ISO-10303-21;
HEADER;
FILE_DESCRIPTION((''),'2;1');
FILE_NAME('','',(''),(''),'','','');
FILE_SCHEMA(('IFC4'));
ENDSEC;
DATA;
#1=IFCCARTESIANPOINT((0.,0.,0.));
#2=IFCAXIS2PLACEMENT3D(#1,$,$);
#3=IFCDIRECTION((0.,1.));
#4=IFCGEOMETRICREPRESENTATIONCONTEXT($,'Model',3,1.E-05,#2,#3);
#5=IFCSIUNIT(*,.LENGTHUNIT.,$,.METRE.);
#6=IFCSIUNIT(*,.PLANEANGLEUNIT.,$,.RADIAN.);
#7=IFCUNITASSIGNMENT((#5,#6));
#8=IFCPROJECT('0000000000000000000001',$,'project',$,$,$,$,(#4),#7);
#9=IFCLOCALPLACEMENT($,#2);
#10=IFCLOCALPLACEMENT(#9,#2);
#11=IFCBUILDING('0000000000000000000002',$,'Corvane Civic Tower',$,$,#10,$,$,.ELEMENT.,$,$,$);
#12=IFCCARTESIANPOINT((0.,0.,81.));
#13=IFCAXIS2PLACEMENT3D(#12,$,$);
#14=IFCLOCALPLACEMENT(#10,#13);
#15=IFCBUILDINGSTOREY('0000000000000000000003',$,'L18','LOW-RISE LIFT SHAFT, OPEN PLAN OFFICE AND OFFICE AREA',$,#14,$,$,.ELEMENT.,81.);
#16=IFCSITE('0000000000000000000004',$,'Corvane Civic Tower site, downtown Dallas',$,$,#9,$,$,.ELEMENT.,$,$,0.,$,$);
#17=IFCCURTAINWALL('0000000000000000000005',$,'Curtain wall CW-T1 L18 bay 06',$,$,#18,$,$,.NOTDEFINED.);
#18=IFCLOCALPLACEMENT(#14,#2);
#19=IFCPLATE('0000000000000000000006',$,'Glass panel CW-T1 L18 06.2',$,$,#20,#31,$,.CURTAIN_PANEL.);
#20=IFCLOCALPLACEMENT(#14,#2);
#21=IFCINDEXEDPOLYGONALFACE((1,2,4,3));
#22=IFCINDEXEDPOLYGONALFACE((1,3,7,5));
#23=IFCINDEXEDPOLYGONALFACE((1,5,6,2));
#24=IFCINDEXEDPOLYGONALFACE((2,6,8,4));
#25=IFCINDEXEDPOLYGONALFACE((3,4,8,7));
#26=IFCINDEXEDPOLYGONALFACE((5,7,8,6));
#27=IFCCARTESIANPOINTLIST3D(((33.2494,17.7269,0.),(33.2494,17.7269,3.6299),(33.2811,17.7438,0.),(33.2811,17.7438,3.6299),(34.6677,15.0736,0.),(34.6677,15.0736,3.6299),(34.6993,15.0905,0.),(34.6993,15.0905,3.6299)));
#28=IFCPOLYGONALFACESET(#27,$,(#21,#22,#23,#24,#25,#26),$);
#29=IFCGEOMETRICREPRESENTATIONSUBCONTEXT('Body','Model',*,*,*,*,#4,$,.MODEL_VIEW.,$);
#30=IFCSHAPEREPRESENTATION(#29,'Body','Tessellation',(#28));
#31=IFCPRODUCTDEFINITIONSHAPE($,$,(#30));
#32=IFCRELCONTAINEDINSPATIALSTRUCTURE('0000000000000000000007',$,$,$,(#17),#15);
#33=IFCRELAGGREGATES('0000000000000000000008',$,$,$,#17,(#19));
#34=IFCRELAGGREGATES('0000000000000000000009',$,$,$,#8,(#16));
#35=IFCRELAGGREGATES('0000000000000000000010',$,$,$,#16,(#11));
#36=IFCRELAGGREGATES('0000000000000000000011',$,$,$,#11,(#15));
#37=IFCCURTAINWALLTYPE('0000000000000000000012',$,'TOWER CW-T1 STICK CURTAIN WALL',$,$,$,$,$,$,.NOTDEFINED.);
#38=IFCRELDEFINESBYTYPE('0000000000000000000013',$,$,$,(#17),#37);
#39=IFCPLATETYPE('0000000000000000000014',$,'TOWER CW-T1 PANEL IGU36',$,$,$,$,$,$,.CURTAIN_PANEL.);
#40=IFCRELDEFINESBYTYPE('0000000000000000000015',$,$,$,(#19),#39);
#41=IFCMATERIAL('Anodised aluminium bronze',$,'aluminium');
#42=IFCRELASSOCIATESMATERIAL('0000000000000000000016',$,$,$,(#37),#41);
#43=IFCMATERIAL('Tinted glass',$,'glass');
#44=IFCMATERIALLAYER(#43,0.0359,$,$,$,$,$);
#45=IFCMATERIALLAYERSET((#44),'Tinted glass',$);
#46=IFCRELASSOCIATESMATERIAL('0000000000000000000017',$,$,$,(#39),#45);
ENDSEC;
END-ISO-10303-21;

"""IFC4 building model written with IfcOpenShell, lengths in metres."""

from ifc_helpers import new_model, si_unit, direction, frame, origin, origin_2d, place, context, subcontext, project, spatial, rectangle, extrude, material, layer, layer_set, type_object, element, aggregate, save


model = new_model("IFC4")

# Units and contexts
model_context = context("Model", 3, precision=1e-05, world=origin(), true_north=direction((0.0, 1.0)))
body_context = subcontext(model_context, "Body", "Model", "MODEL_VIEW")
ifc_project = project(units=[si_unit("LENGTHUNIT", "METRE"), si_unit("PLANEANGLEUNIT", "RADIAN")], contexts=[model_context])

# Site, building, storey
site_placement = place(None, origin())
site = spatial("IfcSite", under=ifc_project, at=site_placement, Name="Corvane Civic Tower site, downtown Dallas", CompositionType="ELEMENT", RefElevation=0.0)
building_placement = place(site_placement, origin())
building = spatial("IfcBuilding", under=site, at=building_placement, Name="Corvane Civic Tower", CompositionType="ELEMENT")
storey_placement = place(building_placement, frame((0.0, 0.0, 81.0)))
storey = spatial("IfcBuildingStorey", under=building, at=storey_placement, Name="L18", Description="LOW-RISE LIFT SHAFT, OPEN PLAN OFFICE AND OFFICE AREA", CompositionType="ELEMENT", Elevation=81.0)

# Curtain wall
ifc_material_1 = material(Name="Anodised aluminium bronze", Category="aluminium")
curtain_wall_type = type_object("IfcCurtainWallType", Name="TOWER CW-T1 STICK CURTAIN WALL", PredefinedType="NOTDEFINED", material=ifc_material_1)
curtain_wall_1_placement = place(storey_placement, origin())
curtain_wall_1 = element("IfcCurtainWall", 1, at=curtain_wall_1_placement, inside=storey, type_object=curtain_wall_type, Name="Curtain wall CW-T1 L18 bay 06", PredefinedType="NOTDEFINED")

# Plate
ifc_material_2 = material(Name="Tinted glass", Category="glass")
ifc_layer = layer(ifc_material_2, 0.0359)
ifc_layer_set = layer_set([ifc_layer], Name="Tinted glass")
plate_type = type_object("IfcPlateType", Name="TOWER CW-T1 PANEL IGU36", PredefinedType="CURTAIN_PANEL", material=ifc_layer_set)
plate_1_placement = place(storey_placement, frame((33.9744, 16.4087, 0.0), z_axis=(0.0, 0.0, 1.0), x_axis=(0.471404, -0.881918, 0.0)))
plate_1 = element("IfcPlate", 2, at=plate_1_placement, type_object=plate_type, Name="Glass panel CW-T1 L18 06.2", PredefinedType="CURTAIN_PANEL", context=body_context, shape_type="SweptSolid", body=[
    extrude(rectangle(XDim=3.0085, YDim=0.0359, at=origin_2d()), origin(), (0.0, 0.0, 1.0), 3.6299),
])
aggregate(curtain_wall_1, [plate_1])

save(model, "model.ifc")
